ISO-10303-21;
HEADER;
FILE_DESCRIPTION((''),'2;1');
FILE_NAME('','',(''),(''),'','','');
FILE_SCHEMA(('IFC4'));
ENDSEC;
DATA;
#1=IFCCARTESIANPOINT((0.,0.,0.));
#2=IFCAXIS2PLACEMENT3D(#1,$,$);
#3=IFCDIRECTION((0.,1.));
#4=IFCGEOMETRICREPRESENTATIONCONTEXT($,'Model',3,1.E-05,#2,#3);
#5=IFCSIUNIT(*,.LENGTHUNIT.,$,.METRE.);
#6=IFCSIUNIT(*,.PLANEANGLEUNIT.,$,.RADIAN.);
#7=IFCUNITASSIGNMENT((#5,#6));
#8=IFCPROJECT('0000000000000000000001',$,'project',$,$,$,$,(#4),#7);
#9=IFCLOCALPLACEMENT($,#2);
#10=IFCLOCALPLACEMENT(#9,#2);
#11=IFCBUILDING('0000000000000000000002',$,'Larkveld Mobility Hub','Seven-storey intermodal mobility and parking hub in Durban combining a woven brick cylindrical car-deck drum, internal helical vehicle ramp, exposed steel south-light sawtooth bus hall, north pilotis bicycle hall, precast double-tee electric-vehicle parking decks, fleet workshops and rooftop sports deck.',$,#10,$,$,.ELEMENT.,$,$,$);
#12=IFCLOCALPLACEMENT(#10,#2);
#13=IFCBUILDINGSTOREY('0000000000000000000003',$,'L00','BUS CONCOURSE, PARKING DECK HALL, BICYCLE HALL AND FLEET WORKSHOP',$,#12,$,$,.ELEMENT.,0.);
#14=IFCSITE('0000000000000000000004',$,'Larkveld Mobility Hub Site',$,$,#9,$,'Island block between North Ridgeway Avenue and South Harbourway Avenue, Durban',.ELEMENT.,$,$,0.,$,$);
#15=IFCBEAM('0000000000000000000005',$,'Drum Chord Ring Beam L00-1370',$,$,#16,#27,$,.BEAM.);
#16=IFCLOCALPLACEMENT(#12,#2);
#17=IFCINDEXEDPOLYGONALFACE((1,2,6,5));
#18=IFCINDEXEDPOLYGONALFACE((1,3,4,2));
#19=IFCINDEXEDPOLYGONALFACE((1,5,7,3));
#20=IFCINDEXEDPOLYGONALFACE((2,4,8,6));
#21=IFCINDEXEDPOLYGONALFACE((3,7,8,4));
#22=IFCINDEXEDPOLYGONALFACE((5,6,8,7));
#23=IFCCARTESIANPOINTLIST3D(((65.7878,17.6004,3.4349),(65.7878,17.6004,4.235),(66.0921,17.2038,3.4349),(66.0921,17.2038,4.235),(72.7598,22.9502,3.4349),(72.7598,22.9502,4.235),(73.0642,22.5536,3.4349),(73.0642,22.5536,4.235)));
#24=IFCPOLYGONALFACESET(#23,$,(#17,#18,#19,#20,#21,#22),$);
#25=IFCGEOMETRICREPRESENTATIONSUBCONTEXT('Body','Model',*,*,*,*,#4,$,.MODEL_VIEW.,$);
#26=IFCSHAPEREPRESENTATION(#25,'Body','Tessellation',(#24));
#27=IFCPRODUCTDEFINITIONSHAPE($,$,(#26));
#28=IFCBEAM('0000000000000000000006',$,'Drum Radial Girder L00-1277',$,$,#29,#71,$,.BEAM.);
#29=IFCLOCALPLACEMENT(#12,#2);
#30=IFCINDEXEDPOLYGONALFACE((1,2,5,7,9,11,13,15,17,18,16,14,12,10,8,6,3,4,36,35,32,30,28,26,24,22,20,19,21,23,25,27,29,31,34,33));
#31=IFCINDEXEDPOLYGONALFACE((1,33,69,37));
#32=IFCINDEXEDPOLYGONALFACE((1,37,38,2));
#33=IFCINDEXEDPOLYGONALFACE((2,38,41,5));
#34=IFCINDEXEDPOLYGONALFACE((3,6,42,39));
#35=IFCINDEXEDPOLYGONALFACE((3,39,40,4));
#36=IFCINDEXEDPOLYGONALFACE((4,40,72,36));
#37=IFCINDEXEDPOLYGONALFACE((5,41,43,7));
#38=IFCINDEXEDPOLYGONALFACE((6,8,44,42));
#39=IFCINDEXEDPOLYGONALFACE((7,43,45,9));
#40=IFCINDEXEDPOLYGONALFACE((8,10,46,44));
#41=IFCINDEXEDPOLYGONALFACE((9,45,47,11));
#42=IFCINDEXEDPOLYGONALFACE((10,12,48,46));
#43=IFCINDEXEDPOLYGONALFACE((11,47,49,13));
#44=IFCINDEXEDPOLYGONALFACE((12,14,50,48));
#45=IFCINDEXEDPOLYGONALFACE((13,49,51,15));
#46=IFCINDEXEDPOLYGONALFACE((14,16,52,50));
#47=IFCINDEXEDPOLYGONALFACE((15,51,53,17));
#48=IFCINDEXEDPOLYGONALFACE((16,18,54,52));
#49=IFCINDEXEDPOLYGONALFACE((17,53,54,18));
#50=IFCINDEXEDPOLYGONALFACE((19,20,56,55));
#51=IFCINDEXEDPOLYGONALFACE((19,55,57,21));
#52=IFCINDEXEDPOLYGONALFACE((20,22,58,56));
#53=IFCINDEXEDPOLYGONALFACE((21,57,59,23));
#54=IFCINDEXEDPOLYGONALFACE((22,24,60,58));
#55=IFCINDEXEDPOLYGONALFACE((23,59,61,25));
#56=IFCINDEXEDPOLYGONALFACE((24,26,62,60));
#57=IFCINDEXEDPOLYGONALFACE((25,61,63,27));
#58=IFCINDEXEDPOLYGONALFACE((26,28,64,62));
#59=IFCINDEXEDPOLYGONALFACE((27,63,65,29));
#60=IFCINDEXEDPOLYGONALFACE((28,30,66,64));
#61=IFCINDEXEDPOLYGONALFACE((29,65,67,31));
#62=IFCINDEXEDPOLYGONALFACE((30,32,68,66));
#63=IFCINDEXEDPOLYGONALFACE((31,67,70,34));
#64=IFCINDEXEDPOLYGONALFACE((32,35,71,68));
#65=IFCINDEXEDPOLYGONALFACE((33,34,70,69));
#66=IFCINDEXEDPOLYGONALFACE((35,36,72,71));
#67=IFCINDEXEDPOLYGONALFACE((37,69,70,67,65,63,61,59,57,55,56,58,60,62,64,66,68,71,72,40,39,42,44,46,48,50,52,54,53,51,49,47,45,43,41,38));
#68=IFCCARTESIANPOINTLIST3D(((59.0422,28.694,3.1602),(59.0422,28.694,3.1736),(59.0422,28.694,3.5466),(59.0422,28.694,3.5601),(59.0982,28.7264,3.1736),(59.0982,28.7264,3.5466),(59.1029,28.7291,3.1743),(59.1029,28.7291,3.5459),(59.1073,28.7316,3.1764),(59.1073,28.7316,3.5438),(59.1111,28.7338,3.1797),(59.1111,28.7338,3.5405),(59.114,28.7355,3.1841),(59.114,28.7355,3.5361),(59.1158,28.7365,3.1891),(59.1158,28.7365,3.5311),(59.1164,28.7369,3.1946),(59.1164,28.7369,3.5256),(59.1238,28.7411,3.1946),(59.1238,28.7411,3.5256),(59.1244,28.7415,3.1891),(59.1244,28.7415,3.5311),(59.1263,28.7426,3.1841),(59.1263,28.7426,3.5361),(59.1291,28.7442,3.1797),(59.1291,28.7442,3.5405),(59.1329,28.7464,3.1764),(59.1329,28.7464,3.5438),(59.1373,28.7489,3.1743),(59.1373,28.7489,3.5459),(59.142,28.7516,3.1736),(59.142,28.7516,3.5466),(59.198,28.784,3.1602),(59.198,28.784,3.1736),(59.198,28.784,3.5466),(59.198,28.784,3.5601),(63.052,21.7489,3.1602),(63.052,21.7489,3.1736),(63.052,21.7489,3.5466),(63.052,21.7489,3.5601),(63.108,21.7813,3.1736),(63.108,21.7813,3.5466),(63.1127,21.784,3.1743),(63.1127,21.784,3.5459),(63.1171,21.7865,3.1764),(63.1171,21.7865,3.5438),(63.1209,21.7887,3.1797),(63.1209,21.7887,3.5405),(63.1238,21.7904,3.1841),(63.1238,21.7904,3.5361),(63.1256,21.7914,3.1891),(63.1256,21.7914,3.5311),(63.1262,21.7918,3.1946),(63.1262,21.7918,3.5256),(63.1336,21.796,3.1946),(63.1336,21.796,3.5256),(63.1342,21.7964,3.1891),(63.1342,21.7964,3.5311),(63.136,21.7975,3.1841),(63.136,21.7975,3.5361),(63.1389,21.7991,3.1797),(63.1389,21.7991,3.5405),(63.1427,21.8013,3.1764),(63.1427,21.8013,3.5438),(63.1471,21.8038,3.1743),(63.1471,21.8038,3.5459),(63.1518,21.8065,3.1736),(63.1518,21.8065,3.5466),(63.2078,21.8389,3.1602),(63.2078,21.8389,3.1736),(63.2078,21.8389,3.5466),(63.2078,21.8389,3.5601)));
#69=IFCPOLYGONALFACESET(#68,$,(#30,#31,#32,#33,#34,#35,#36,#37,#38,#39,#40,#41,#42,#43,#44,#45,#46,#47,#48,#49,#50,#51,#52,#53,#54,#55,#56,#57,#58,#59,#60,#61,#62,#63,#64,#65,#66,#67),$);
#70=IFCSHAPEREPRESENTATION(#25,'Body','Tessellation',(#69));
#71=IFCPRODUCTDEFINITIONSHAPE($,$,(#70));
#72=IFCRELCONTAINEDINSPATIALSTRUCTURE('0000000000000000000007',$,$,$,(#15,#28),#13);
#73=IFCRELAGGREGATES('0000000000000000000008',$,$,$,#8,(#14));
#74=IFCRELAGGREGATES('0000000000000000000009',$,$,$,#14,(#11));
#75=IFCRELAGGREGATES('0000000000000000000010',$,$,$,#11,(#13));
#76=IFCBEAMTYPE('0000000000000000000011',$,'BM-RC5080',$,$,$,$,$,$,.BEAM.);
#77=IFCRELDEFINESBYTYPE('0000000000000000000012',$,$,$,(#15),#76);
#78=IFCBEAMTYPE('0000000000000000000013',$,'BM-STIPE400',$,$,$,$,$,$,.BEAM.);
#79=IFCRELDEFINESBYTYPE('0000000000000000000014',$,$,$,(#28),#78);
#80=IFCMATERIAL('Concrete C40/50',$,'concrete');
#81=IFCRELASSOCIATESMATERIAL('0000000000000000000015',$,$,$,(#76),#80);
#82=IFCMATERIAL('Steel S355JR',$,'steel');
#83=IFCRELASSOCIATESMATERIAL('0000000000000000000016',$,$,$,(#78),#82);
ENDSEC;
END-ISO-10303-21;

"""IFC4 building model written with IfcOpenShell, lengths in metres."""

from ifc_helpers import new_model, si_unit, direction, frame, origin, origin_2d, place, context, subcontext, project, spatial, rectangle, i_section, extrude, material, material_profile, profile_set, type_object, element, save


model = new_model("IFC4")

# Units and contexts
model_context = context("Model", 3, precision=1e-05, world=origin(), true_north=direction((0.0, 1.0)))
body_context = subcontext(model_context, "Body", "Model", "MODEL_VIEW")
ifc_project = project(units=[si_unit("LENGTHUNIT", "METRE"), si_unit("PLANEANGLEUNIT", "RADIAN")], contexts=[model_context])

# Site, building, storey
site_placement = place(None, origin())
site = spatial("IfcSite", under=ifc_project, at=site_placement, Name="Larkveld Mobility Hub Site", LongName="Island block between North Ridgeway Avenue and South Harbourway Avenue, Durban", CompositionType="ELEMENT", RefElevation=0.0)
building_placement = place(site_placement, origin())
building = spatial("IfcBuilding", under=site, at=building_placement, Name="Larkveld Mobility Hub", Description="Seven-storey intermodal mobility and parking hub in Durban combining a woven brick cylindrical car-deck drum, internal helical vehicle ramp, exposed steel south-light sawtooth bus hall, north pilotis bicycle hall, precast double-tee electric-vehicle parking decks, fleet workshops and rooftop sports deck.", CompositionType="ELEMENT")
storey_placement = place(building_placement, origin())
storey = spatial("IfcBuildingStorey", under=building, at=storey_placement, Name="L00", Description="BUS CONCOURSE, PARKING DECK HALL, BICYCLE HALL AND FLEET WORKSHOP", CompositionType="ELEMENT", Elevation=0.0)

# Shared definitions
ifc_material_1 = material(Name="Concrete C40/50", Category="concrete")

# Beams
ifc_material_profile_1 = material_profile(ifc_material_1, rectangle(XDim=0.5, YDim=0.8, at=origin_2d()), Name="RC BM 500x800")
ifc_profile_set_1 = profile_set([ifc_material_profile_1], Name="Concrete C40/50")
beam_type_1 = type_object("IfcBeamType", Name="BM-RC5080", PredefinedType="BEAM", material=ifc_profile_set_1)
beam_1_placement = place(storey_placement, frame((65.9399, 17.4021, 3.835), z_axis=(0.793358, 0.608756, 0.0), x_axis=(-0.608756, 0.793358, 0.0)))
element("IfcBeam", 1, at=beam_1_placement, inside=storey, type_object=beam_type_1, Name="Drum Chord Ring Beam L00-1370", PredefinedType="BEAM", context=body_context, shape_type="SweptSolid", body=[
    extrude(rectangle(XDim=0.5, YDim=0.8, at=origin_2d()), origin(), (0.0, 0.0, 1.0), 8.7881),
])
ifc_material_2 = material(Name="Steel S355JR", Category="steel")
ifc_material_profile_2 = material_profile(ifc_material_2, i_section(OverallWidth=0.1799, OverallDepth=0.3999, WebThickness=0.0085, FlangeThickness=0.0134, FilletRadius=0.021, at=origin_2d()), Name="IPE 400")
ifc_profile_set_2 = profile_set([ifc_material_profile_2], Name="Steel S355JR")
beam_type_2 = type_object("IfcBeamType", Name="BM-STIPE400", PredefinedType="BEAM", material=ifc_profile_set_2)
beam_2_placement = place(storey_placement, frame((59.1201, 28.739, 3.3601), z_axis=(0.500003, -0.866024, 0.0), x_axis=(0.866024, 0.500003, 0.0)))
element("IfcBeam", 2, at=beam_2_placement, inside=storey, type_object=beam_type_2, Name="Drum Radial Girder L00-1277", PredefinedType="BEAM", context=body_context, shape_type="SweptSolid", body=[
    extrude(i_section(OverallWidth=0.1799, OverallDepth=0.3999, WebThickness=0.0085, FlangeThickness=0.0134, FilletRadius=0.021, at=origin_2d()), origin(), (0.0, 0.0, 1.0), 8.0195),
])

save(model, "model.ifc")
